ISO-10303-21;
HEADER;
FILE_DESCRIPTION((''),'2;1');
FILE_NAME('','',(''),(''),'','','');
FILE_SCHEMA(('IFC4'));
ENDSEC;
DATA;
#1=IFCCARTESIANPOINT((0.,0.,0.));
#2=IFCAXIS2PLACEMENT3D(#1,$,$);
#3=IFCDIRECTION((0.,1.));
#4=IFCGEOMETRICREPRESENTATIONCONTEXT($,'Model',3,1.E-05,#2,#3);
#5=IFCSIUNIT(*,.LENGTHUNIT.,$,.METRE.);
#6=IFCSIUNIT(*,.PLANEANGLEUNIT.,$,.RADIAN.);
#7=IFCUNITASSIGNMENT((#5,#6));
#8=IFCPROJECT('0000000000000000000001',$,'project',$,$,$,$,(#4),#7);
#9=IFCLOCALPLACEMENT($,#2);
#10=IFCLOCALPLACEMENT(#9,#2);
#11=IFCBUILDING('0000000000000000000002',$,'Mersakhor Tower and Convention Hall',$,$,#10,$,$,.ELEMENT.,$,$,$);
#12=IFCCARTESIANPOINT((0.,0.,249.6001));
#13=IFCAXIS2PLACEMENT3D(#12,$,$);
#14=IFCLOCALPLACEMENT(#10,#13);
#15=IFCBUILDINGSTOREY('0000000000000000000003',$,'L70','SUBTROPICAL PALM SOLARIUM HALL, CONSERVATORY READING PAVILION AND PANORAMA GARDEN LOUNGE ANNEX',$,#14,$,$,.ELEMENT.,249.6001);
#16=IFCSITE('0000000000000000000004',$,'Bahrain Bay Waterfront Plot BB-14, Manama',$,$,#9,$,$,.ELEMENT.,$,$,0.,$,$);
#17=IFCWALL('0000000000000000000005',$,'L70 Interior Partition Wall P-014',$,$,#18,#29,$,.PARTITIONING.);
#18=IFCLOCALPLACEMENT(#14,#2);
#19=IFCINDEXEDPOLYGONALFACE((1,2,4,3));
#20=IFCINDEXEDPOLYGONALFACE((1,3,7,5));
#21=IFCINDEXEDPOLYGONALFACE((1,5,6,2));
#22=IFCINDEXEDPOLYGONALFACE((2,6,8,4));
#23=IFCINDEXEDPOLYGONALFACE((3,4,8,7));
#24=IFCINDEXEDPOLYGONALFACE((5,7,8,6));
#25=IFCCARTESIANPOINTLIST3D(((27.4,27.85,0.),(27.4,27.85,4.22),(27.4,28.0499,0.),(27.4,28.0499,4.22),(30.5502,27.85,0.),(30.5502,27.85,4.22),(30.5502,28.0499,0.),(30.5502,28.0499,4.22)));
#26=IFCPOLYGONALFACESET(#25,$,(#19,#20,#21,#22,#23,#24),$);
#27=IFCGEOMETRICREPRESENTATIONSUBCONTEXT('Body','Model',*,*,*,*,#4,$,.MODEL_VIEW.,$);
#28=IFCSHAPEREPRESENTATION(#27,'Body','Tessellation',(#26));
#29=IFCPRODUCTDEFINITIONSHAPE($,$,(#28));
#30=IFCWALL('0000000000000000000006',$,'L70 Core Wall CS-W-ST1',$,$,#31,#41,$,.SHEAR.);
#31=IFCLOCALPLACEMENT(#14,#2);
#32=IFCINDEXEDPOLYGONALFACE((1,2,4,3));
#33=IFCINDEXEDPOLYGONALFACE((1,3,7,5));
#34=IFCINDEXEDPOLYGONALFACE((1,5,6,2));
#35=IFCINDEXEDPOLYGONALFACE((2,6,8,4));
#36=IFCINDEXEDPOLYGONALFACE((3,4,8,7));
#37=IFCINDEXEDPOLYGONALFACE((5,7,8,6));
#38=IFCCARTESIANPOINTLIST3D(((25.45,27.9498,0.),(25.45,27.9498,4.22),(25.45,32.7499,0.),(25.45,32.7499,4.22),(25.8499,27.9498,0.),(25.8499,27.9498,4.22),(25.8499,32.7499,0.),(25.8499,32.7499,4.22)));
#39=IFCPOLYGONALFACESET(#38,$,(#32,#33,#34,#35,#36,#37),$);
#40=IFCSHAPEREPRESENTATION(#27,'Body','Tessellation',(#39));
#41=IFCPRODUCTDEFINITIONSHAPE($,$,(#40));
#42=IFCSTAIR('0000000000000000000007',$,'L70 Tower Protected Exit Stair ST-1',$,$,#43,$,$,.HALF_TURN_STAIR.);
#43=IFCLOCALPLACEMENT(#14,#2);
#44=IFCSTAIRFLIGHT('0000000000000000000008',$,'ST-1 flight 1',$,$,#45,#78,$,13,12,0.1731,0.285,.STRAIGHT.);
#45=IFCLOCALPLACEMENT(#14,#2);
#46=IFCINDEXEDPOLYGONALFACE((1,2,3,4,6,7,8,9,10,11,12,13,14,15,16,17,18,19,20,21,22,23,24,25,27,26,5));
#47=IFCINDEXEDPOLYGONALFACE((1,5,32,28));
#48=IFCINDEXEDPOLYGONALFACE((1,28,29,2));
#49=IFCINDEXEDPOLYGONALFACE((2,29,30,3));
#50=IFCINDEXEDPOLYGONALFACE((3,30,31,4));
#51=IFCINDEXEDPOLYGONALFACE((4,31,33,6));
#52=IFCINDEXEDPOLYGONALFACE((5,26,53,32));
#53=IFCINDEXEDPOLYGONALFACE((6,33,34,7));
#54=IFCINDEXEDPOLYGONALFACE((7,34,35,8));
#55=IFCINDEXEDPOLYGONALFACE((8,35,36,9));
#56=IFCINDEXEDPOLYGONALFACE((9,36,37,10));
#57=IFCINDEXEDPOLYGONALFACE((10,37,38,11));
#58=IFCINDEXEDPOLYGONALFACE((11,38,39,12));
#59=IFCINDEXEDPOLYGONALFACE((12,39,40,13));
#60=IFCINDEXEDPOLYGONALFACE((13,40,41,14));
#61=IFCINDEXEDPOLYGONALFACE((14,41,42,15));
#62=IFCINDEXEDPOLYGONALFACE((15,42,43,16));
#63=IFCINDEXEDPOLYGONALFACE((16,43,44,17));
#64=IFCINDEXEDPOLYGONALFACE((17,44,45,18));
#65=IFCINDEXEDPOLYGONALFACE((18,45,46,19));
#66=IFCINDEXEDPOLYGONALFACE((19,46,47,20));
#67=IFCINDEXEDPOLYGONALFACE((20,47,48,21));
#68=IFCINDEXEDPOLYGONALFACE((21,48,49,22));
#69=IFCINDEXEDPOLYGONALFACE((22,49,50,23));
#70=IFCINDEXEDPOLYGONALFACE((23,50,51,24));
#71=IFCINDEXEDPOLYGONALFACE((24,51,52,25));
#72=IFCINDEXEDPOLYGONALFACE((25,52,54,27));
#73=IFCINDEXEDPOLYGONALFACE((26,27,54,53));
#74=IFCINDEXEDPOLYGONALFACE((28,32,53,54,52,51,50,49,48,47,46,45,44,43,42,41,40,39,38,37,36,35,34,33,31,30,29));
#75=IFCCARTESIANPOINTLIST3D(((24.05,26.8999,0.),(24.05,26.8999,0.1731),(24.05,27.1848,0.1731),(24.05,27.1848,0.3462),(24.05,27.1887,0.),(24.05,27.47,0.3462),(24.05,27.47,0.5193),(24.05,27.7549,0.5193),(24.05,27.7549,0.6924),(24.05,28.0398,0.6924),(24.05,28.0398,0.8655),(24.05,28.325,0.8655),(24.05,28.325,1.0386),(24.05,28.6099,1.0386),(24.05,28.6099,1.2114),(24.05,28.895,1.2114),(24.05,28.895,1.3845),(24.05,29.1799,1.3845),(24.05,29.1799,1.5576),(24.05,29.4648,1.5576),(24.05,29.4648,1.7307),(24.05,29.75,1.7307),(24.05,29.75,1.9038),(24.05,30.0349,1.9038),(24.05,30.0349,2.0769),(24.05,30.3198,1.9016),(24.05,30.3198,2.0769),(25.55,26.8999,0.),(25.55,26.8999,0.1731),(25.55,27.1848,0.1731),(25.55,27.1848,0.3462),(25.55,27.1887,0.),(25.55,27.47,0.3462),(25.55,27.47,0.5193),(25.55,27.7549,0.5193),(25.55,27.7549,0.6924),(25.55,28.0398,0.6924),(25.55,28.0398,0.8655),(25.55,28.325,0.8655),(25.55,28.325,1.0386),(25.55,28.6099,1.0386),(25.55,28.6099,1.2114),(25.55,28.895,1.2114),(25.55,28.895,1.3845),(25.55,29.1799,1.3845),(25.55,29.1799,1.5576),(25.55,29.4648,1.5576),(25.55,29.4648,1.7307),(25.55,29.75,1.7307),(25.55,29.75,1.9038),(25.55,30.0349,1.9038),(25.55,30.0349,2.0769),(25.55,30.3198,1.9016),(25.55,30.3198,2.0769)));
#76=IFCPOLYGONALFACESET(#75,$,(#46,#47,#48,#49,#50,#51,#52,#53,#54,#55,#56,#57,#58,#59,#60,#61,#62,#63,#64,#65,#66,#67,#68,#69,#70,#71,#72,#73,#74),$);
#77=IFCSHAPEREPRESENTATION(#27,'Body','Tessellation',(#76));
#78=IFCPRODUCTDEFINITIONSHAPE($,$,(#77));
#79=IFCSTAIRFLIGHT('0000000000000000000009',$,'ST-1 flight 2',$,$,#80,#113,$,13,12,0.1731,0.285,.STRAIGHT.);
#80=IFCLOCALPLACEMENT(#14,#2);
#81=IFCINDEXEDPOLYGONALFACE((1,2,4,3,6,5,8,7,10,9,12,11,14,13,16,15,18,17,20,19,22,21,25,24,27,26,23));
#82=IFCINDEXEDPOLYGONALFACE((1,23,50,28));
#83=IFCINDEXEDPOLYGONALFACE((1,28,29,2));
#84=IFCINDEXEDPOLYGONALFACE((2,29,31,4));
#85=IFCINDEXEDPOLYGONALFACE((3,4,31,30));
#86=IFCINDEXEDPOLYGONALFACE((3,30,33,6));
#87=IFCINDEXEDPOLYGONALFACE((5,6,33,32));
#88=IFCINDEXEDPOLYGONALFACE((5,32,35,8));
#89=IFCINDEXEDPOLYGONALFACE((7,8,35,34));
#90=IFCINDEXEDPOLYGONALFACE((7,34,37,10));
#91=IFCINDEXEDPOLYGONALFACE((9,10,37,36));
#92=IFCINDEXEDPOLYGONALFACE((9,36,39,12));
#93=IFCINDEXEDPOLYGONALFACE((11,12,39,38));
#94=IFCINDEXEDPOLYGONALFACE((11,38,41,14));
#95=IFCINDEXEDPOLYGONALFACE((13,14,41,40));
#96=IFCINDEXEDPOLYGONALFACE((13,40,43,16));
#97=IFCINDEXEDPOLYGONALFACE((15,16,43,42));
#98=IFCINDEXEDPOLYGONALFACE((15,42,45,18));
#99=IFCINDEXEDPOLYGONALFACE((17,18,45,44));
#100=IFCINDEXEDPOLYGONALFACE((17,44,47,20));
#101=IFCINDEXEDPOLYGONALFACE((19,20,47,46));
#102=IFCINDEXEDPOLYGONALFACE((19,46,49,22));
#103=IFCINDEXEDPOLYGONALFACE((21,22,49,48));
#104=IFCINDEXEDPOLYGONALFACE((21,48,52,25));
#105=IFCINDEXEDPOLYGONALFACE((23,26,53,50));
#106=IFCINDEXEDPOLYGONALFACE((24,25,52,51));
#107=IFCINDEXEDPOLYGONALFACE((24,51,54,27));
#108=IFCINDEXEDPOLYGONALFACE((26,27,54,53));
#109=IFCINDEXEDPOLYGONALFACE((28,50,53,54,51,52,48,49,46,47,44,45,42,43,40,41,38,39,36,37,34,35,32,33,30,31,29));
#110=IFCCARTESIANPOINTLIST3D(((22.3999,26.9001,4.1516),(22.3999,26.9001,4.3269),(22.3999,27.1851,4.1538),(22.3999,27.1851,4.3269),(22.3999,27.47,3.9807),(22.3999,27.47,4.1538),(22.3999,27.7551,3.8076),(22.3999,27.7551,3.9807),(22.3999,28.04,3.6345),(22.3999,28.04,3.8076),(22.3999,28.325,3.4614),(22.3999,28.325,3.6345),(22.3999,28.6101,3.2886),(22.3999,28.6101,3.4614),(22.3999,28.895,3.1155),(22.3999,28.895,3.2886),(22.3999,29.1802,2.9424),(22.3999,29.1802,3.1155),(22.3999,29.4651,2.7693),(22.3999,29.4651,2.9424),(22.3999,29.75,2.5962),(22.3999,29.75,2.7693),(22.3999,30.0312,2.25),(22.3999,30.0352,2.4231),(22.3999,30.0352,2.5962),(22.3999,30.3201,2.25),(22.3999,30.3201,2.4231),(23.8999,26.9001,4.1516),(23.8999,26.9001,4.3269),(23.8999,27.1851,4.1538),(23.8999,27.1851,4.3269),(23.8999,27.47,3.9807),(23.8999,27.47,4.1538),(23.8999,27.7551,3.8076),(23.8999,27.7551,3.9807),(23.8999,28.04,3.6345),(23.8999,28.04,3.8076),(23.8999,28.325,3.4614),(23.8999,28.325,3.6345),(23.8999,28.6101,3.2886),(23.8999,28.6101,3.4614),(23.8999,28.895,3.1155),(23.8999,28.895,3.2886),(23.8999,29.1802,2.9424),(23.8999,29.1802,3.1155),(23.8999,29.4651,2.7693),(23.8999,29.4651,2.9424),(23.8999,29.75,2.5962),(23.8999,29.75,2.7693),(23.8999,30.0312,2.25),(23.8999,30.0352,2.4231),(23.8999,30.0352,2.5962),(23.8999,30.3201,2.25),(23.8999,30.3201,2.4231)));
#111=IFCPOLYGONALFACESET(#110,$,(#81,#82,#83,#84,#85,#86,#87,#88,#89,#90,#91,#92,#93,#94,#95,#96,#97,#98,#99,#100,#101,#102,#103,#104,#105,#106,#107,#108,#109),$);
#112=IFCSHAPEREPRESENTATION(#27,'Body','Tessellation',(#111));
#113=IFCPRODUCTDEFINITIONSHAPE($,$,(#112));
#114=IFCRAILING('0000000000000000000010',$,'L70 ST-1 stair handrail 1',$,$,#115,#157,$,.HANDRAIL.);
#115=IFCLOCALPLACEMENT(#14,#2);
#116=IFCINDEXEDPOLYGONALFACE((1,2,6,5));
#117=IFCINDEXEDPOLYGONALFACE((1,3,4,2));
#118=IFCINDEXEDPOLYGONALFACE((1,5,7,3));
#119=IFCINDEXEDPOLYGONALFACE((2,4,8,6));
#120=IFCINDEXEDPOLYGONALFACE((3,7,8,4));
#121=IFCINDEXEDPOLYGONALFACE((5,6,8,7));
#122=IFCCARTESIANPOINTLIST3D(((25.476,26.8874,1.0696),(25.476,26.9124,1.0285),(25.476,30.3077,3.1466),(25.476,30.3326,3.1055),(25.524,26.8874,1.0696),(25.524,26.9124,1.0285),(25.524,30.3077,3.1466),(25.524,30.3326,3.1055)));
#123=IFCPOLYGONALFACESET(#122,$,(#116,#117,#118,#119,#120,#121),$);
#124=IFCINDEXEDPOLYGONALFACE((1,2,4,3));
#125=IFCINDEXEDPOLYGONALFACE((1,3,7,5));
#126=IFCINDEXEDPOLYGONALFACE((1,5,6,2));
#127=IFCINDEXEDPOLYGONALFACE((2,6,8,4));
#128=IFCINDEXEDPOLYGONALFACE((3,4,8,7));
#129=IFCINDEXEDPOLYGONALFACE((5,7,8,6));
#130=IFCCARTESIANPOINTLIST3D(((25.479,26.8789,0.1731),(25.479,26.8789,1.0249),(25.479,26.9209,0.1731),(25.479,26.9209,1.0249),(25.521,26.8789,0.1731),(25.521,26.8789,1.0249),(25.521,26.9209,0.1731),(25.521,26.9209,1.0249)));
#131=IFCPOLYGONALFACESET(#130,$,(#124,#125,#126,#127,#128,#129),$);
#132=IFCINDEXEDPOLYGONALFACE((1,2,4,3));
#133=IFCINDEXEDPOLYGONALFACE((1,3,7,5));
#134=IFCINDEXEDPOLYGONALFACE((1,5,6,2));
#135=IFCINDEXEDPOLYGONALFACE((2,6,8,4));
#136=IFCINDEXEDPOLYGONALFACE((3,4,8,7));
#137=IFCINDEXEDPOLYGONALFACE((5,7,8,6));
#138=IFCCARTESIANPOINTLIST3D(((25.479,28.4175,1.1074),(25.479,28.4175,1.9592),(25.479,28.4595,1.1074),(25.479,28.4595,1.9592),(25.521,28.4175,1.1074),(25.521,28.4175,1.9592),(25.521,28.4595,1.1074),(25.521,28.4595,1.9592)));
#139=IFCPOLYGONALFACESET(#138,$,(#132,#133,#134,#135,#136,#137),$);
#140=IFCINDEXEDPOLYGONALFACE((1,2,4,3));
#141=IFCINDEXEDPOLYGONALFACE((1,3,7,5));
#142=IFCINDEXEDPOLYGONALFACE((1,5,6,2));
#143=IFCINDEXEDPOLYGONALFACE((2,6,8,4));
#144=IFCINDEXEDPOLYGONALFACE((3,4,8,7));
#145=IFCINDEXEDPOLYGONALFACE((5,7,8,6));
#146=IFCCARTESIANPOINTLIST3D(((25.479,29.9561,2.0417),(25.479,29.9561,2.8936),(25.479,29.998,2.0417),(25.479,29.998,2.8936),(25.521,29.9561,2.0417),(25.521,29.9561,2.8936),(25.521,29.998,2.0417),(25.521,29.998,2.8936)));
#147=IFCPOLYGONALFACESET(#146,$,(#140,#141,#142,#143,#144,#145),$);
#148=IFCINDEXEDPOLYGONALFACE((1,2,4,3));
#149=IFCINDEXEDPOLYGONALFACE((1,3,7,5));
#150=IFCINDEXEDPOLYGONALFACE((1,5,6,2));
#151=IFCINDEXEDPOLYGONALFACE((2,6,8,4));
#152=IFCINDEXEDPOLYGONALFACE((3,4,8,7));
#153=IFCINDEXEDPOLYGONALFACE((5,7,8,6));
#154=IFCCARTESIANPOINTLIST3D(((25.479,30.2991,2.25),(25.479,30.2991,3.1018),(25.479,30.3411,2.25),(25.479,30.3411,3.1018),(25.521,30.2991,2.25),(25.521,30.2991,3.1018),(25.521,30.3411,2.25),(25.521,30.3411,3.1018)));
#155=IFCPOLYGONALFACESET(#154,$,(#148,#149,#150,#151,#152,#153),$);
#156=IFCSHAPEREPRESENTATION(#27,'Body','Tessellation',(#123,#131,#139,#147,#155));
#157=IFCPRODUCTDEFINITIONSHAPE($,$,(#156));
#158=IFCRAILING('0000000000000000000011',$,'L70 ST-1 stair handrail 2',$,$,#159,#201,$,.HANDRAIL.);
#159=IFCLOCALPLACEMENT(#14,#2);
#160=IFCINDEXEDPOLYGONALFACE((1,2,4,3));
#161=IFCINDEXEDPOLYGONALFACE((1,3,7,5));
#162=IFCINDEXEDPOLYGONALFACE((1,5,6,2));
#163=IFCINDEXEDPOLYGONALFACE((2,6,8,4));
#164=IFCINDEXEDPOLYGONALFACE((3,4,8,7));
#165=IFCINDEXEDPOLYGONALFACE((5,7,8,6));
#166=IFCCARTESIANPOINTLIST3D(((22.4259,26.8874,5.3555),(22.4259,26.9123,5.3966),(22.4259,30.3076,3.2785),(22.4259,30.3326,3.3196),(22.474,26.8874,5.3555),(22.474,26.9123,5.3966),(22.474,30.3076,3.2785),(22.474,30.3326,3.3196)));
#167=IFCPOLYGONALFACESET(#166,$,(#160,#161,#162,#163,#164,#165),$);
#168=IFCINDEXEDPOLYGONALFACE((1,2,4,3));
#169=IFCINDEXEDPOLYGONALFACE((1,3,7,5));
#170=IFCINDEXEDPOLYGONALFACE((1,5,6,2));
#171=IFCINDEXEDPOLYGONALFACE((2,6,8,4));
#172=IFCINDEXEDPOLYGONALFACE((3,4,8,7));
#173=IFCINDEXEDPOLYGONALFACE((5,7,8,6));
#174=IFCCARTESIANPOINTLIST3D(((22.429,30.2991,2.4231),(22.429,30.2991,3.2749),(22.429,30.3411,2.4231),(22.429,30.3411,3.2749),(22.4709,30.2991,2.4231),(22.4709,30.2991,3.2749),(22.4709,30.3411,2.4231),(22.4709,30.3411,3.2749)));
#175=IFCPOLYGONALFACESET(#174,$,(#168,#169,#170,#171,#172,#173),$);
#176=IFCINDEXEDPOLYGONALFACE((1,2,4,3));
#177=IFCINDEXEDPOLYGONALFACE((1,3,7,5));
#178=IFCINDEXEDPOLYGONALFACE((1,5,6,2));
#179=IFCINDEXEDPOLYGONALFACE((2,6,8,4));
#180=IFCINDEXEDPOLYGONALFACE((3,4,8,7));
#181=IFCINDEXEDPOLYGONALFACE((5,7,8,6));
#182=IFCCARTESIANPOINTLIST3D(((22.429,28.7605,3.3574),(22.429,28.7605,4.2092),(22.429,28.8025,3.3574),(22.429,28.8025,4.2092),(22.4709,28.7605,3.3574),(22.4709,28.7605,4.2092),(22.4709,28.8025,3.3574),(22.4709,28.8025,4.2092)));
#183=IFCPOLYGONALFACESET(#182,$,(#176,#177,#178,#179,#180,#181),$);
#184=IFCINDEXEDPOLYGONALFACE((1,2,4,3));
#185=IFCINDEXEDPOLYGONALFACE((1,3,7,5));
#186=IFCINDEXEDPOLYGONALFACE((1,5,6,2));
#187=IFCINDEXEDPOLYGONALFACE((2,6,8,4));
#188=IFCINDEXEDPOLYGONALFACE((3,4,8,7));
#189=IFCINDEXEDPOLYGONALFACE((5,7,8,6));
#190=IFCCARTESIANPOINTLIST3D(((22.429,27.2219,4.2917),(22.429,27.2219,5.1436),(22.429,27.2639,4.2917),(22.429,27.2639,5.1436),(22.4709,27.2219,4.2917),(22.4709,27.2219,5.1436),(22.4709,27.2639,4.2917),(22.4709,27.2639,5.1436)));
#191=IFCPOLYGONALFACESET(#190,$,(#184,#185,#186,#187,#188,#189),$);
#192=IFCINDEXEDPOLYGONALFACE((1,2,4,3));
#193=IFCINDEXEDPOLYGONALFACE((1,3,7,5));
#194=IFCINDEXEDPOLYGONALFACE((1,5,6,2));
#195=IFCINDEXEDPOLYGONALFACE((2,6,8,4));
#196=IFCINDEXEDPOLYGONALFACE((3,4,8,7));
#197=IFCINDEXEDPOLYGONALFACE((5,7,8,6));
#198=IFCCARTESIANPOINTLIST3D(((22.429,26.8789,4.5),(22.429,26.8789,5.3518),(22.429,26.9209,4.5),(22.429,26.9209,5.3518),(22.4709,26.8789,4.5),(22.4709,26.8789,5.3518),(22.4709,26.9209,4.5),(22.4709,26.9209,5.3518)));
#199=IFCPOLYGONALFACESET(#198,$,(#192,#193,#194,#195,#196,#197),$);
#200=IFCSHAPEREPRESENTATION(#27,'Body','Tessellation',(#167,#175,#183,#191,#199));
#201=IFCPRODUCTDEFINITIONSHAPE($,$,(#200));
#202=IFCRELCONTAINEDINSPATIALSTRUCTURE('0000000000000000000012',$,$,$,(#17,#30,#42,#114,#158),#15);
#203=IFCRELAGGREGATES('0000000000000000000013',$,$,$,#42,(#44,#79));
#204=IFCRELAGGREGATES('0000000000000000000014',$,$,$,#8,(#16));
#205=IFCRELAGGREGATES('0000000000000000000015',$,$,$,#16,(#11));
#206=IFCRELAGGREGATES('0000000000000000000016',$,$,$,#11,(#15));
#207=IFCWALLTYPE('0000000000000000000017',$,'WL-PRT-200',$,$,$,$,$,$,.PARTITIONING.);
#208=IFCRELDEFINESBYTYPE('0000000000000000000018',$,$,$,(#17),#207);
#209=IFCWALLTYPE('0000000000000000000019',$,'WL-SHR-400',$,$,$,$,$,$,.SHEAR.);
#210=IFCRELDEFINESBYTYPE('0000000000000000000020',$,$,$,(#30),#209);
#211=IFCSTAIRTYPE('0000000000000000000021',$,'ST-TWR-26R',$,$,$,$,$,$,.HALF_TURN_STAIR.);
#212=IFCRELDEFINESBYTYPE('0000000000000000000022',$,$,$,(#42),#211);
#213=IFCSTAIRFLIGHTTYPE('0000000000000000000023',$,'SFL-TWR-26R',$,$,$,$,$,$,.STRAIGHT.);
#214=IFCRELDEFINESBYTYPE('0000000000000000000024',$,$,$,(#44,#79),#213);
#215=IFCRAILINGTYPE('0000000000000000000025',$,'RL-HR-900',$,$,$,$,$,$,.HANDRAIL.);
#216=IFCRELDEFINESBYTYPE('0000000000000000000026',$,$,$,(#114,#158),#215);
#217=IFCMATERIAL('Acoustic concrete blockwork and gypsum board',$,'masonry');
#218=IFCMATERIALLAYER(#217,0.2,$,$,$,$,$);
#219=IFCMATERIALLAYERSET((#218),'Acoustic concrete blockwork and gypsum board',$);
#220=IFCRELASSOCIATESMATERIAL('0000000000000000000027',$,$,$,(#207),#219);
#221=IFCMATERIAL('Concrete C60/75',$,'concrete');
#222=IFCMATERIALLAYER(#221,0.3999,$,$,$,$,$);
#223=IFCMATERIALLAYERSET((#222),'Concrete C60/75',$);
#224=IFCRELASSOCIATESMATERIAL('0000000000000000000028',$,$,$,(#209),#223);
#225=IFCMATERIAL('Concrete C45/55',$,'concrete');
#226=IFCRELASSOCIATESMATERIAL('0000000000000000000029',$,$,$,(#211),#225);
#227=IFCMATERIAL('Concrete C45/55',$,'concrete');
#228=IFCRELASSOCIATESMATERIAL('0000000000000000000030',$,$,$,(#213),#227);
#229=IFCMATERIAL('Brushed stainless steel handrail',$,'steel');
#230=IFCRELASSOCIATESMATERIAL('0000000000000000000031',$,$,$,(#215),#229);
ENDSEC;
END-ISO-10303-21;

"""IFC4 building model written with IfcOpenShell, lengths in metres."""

from ifc_helpers import new_model, si_unit, direction, frame, frame_2d, origin, origin_2d, place, context, subcontext, project, spatial, polyline, rectangle, outline, extrude, material, layer, layer_set, type_object, element, aggregate, save


model = new_model("IFC4")

# Units and contexts
model_context = context("Model", 3, precision=1e-05, world=origin(), true_north=direction((0.0, 1.0)))
body_context = subcontext(model_context, "Body", "Model", "MODEL_VIEW")
ifc_project = project(units=[si_unit("LENGTHUNIT", "METRE"), si_unit("PLANEANGLEUNIT", "RADIAN")], contexts=[model_context])

# Site, building, storey
site_placement = place(None, origin())
site = spatial("IfcSite", under=ifc_project, at=site_placement, Name="Bahrain Bay Waterfront Plot BB-14, Manama", CompositionType="ELEMENT", RefElevation=0.0)
building_placement = place(site_placement, origin())
building = spatial("IfcBuilding", under=site, at=building_placement, Name="Mersakhor Tower and Convention Hall", CompositionType="ELEMENT")
storey_placement = place(building_placement, frame((0.0, 0.0, 249.6001)))
storey = spatial("IfcBuildingStorey", under=building, at=storey_placement, Name="L70", Description="SUBTROPICAL PALM SOLARIUM HALL, CONSERVATORY READING PAVILION AND PANORAMA GARDEN LOUNGE ANNEX", CompositionType="ELEMENT", Elevation=249.6001)

# Shared definitions
ifc_material_1 = material(Name="Acoustic concrete blockwork and gypsum board", Category="masonry")
ifc_layer_1 = layer(ifc_material_1, 0.2)
ifc_layer_set_1 = layer_set([ifc_layer_1], Name="Acoustic concrete blockwork and gypsum board")
wall_type_1 = type_object("IfcWallType", Name="WL-PRT-200", PredefinedType="PARTITIONING", material=ifc_layer_set_1)

# Wall
wall_1_placement = place(storey_placement, frame((27.3999, 27.95, 0.0), z_axis=(0.0, 0.0, 1.0), x_axis=(1.0, 0.0, 0.0)))
element("IfcWall", 1, at=wall_1_placement, inside=storey, type_object=wall_type_1, Name="L70 Interior Partition Wall P-014", PredefinedType="PARTITIONING", context=body_context, shape_type="SweptSolid", body=[
    extrude(rectangle(XDim=3.1501, YDim=0.2, at=frame_2d((1.5752, 0.0))), origin(), (0.0, 0.0, 1.0), 4.22),
])

# Shared definitions
ifc_material_2 = material(Name="Concrete C60/75", Category="concrete")
ifc_layer_2 = layer(ifc_material_2, 0.3999)
ifc_layer_set_2 = layer_set([ifc_layer_2], Name="Concrete C60/75")
wall_type_2 = type_object("IfcWallType", Name="WL-SHR-400", PredefinedType="SHEAR", material=ifc_layer_set_2)

# Wall
wall_2_placement = place(storey_placement, frame((25.6499, 27.95, 0.0), z_axis=(0.0, 0.0, 1.0), x_axis=(0.0, 1.0, 0.0)))
element("IfcWall", 2, at=wall_2_placement, inside=storey, type_object=wall_type_2, Name="L70 Core Wall CS-W-ST1", PredefinedType="SHEAR", context=body_context, shape_type="SweptSolid", body=[
    extrude(rectangle(XDim=4.8, YDim=0.3999, at=frame_2d((2.3999, 0.0))), origin(), (0.0, 0.0, 1.0), 4.22),
])

# Stair, stair flights
ifc_material_3 = material(Name="Concrete C45/55", Category="concrete")
stair_type = type_object("IfcStairType", Name="ST-TWR-26R", PredefinedType="HALF_TURN_STAIR", material=ifc_material_3)
stair_placement = place(storey_placement, origin())
stair = element("IfcStair", 3, at=stair_placement, inside=storey, type_object=stair_type, Name="L70 Tower Protected Exit Stair ST-1", PredefinedType="HALF_TURN_STAIR")
ifc_material_4 = material(Name="Concrete C45/55", Category="concrete")
stair_flight_type = type_object("IfcStairFlightType", Name="SFL-TWR-26R", PredefinedType="STRAIGHT", material=ifc_material_4)
stair_flight_1_placement = place(storey_placement, frame((24.8, 26.8999, 0.0), z_axis=(0.0, 0.0, 1.0), x_axis=(0.0, 1.0, 0.0)))
stair_flight_1 = element("IfcStairFlight", 4, at=stair_flight_1_placement, type_object=stair_flight_type, Name="ST-1 flight 1", NumberOfRisers=13, NumberOfTreads=12, PredefinedType="STRAIGHT", RiserHeight=0.1731, TreadLength=0.285, context=body_context, shape_type="SweptSolid", body=[
    extrude(outline(polyline([(0.0, 0.0), (0.0, 0.1731), (0.2849, 0.1731), (0.2849, 0.3462), (0.5701, 0.3462), (0.5701, 0.5193), (0.855, 0.5193), (0.855, 0.6924), (1.1399, 0.6924), (1.1399, 0.8655), (1.425, 0.8655), (1.425, 1.0386), (1.71, 1.0386), (1.71, 1.2114), (1.9951, 1.2114), (1.9951, 1.3845), (2.28, 1.3845), (2.28, 1.5576), (2.5649, 1.5576), (2.5649, 1.7307), (2.8501, 1.7307), (2.8501, 1.9038), (3.135, 1.9038), (3.135, 2.0769), (3.4199, 2.0769), (3.4199, 2.25), (3.4199, 1.9016), (0.2888, 0.0), (0.0, 0.0)])), frame((0.0, 0.75, 0.0), z_axis=(0.0, -1.0, 0.0), x_axis=(1.0, 0.0, 0.0)), (0.0, 0.0, 1.0), 1.5),
])
stair_flight_2_placement = place(storey_placement, frame((23.1499, 30.3201, 2.25), z_axis=(0.0, 0.0, 1.0), x_axis=(0.0, -1.0, 0.0)))
stair_flight_2 = element("IfcStairFlight", 5, at=stair_flight_2_placement, type_object=stair_flight_type, Name="ST-1 flight 2", NumberOfRisers=13, NumberOfTreads=12, PredefinedType="STRAIGHT", RiserHeight=0.1731, TreadLength=0.285, context=body_context, shape_type="SweptSolid", body=[
    extrude(outline(polyline([(0.0, 0.0), (0.0, 0.1731), (0.2849, 0.1731), (0.2849, 0.3462), (0.5701, 0.3462), (0.5701, 0.5193), (0.855, 0.5193), (0.855, 0.6924), (1.1399, 0.6924), (1.1399, 0.8655), (1.425, 0.8655), (1.425, 1.0386), (1.71, 1.0386), (1.71, 1.2114), (1.9951, 1.2114), (1.9951, 1.3845), (2.28, 1.3845), (2.28, 1.5576), (2.5649, 1.5576), (2.5649, 1.7307), (2.8501, 1.7307), (2.8501, 1.9038), (3.135, 1.9038), (3.135, 2.0769), (3.4199, 2.0769), (3.4199, 2.25), (3.4199, 1.9016), (0.2888, 0.0), (0.0, 0.0)])), frame((0.0, 0.75, 0.0), z_axis=(0.0, -1.0, 0.0), x_axis=(1.0, 0.0, 0.0)), (0.0, 0.0, 1.0), 1.5),
])
aggregate(stair, [stair_flight_1, stair_flight_2])

# Railings
ifc_material_5 = material(Name="Brushed stainless steel handrail", Category="steel")
railing_type_1 = type_object("IfcRailingType", Name="RL-HR-900", PredefinedType="HANDRAIL", material=ifc_material_5)
railing_1_placement = place(storey_placement, frame((25.5, 26.8999, 0.1731)))
element("IfcRailing", 6, at=railing_1_placement, inside=storey, type_object=railing_type_1, Name="L70 ST-1 stair handrail 1", PredefinedType="HANDRAIL", context=body_context, shape_type="SweptSolid", body=[
    extrude(rectangle(XDim=0.0481, YDim=0.0481, at=origin_2d()), frame((0.0, 0.0, 0.876), z_axis=(0.0, 0.854746, 0.519047), x_axis=(-1.0, 0.0, 0.0)), (0.0, 0.0, 1.0), 4.0015),
    extrude(rectangle(XDim=0.042, YDim=0.042, at=origin_2d()), origin(), (0.0, 0.0, 1.0), 0.8518),
    extrude(rectangle(XDim=0.042, YDim=0.042, at=origin_2d()), frame((0.0, 1.5386, 0.9343)), (0.0, 0.0, 1.0), 0.8518),
    extrude(rectangle(XDim=0.042, YDim=0.042, at=origin_2d()), frame((0.0, 3.0771, 1.8687)), (0.0, 0.0, 1.0), 0.8518),
    extrude(rectangle(XDim=0.042, YDim=0.042, at=origin_2d()), frame((0.0, 3.4202, 2.0769)), (0.0, 0.0, 1.0), 0.8518),
])
railing_2_placement = place(storey_placement, frame((22.45, 30.3201, 2.4231)))
element("IfcRailing", 7, at=railing_2_placement, inside=storey, type_object=railing_type_1, Name="L70 ST-1 stair handrail 2", PredefinedType="HANDRAIL", context=body_context, shape_type="SweptSolid", body=[
    extrude(rectangle(XDim=0.0481, YDim=0.0481, at=origin_2d()), frame((0.0, 0.0, 0.876), z_axis=(0.0, -0.854746, 0.519047), x_axis=(1.0, 0.0, 0.0)), (0.0, 0.0, 1.0), 4.0015),
    extrude(rectangle(XDim=0.042, YDim=0.042, at=origin_2d()), origin(), (0.0, 0.0, 1.0), 0.8518),
    extrude(rectangle(XDim=0.042, YDim=0.042, at=origin_2d()), frame((0.0, -1.5386, 0.9343)), (0.0, 0.0, 1.0), 0.8518),
    extrude(rectangle(XDim=0.042, YDim=0.042, at=origin_2d()), frame((0.0, -3.0771, 1.8687)), (0.0, 0.0, 1.0), 0.8518),
    extrude(rectangle(XDim=0.042, YDim=0.042, at=origin_2d()), frame((0.0, -3.4202, 2.0769)), (0.0, 0.0, 1.0), 0.8518),
])

save(model, "model.ifc")
